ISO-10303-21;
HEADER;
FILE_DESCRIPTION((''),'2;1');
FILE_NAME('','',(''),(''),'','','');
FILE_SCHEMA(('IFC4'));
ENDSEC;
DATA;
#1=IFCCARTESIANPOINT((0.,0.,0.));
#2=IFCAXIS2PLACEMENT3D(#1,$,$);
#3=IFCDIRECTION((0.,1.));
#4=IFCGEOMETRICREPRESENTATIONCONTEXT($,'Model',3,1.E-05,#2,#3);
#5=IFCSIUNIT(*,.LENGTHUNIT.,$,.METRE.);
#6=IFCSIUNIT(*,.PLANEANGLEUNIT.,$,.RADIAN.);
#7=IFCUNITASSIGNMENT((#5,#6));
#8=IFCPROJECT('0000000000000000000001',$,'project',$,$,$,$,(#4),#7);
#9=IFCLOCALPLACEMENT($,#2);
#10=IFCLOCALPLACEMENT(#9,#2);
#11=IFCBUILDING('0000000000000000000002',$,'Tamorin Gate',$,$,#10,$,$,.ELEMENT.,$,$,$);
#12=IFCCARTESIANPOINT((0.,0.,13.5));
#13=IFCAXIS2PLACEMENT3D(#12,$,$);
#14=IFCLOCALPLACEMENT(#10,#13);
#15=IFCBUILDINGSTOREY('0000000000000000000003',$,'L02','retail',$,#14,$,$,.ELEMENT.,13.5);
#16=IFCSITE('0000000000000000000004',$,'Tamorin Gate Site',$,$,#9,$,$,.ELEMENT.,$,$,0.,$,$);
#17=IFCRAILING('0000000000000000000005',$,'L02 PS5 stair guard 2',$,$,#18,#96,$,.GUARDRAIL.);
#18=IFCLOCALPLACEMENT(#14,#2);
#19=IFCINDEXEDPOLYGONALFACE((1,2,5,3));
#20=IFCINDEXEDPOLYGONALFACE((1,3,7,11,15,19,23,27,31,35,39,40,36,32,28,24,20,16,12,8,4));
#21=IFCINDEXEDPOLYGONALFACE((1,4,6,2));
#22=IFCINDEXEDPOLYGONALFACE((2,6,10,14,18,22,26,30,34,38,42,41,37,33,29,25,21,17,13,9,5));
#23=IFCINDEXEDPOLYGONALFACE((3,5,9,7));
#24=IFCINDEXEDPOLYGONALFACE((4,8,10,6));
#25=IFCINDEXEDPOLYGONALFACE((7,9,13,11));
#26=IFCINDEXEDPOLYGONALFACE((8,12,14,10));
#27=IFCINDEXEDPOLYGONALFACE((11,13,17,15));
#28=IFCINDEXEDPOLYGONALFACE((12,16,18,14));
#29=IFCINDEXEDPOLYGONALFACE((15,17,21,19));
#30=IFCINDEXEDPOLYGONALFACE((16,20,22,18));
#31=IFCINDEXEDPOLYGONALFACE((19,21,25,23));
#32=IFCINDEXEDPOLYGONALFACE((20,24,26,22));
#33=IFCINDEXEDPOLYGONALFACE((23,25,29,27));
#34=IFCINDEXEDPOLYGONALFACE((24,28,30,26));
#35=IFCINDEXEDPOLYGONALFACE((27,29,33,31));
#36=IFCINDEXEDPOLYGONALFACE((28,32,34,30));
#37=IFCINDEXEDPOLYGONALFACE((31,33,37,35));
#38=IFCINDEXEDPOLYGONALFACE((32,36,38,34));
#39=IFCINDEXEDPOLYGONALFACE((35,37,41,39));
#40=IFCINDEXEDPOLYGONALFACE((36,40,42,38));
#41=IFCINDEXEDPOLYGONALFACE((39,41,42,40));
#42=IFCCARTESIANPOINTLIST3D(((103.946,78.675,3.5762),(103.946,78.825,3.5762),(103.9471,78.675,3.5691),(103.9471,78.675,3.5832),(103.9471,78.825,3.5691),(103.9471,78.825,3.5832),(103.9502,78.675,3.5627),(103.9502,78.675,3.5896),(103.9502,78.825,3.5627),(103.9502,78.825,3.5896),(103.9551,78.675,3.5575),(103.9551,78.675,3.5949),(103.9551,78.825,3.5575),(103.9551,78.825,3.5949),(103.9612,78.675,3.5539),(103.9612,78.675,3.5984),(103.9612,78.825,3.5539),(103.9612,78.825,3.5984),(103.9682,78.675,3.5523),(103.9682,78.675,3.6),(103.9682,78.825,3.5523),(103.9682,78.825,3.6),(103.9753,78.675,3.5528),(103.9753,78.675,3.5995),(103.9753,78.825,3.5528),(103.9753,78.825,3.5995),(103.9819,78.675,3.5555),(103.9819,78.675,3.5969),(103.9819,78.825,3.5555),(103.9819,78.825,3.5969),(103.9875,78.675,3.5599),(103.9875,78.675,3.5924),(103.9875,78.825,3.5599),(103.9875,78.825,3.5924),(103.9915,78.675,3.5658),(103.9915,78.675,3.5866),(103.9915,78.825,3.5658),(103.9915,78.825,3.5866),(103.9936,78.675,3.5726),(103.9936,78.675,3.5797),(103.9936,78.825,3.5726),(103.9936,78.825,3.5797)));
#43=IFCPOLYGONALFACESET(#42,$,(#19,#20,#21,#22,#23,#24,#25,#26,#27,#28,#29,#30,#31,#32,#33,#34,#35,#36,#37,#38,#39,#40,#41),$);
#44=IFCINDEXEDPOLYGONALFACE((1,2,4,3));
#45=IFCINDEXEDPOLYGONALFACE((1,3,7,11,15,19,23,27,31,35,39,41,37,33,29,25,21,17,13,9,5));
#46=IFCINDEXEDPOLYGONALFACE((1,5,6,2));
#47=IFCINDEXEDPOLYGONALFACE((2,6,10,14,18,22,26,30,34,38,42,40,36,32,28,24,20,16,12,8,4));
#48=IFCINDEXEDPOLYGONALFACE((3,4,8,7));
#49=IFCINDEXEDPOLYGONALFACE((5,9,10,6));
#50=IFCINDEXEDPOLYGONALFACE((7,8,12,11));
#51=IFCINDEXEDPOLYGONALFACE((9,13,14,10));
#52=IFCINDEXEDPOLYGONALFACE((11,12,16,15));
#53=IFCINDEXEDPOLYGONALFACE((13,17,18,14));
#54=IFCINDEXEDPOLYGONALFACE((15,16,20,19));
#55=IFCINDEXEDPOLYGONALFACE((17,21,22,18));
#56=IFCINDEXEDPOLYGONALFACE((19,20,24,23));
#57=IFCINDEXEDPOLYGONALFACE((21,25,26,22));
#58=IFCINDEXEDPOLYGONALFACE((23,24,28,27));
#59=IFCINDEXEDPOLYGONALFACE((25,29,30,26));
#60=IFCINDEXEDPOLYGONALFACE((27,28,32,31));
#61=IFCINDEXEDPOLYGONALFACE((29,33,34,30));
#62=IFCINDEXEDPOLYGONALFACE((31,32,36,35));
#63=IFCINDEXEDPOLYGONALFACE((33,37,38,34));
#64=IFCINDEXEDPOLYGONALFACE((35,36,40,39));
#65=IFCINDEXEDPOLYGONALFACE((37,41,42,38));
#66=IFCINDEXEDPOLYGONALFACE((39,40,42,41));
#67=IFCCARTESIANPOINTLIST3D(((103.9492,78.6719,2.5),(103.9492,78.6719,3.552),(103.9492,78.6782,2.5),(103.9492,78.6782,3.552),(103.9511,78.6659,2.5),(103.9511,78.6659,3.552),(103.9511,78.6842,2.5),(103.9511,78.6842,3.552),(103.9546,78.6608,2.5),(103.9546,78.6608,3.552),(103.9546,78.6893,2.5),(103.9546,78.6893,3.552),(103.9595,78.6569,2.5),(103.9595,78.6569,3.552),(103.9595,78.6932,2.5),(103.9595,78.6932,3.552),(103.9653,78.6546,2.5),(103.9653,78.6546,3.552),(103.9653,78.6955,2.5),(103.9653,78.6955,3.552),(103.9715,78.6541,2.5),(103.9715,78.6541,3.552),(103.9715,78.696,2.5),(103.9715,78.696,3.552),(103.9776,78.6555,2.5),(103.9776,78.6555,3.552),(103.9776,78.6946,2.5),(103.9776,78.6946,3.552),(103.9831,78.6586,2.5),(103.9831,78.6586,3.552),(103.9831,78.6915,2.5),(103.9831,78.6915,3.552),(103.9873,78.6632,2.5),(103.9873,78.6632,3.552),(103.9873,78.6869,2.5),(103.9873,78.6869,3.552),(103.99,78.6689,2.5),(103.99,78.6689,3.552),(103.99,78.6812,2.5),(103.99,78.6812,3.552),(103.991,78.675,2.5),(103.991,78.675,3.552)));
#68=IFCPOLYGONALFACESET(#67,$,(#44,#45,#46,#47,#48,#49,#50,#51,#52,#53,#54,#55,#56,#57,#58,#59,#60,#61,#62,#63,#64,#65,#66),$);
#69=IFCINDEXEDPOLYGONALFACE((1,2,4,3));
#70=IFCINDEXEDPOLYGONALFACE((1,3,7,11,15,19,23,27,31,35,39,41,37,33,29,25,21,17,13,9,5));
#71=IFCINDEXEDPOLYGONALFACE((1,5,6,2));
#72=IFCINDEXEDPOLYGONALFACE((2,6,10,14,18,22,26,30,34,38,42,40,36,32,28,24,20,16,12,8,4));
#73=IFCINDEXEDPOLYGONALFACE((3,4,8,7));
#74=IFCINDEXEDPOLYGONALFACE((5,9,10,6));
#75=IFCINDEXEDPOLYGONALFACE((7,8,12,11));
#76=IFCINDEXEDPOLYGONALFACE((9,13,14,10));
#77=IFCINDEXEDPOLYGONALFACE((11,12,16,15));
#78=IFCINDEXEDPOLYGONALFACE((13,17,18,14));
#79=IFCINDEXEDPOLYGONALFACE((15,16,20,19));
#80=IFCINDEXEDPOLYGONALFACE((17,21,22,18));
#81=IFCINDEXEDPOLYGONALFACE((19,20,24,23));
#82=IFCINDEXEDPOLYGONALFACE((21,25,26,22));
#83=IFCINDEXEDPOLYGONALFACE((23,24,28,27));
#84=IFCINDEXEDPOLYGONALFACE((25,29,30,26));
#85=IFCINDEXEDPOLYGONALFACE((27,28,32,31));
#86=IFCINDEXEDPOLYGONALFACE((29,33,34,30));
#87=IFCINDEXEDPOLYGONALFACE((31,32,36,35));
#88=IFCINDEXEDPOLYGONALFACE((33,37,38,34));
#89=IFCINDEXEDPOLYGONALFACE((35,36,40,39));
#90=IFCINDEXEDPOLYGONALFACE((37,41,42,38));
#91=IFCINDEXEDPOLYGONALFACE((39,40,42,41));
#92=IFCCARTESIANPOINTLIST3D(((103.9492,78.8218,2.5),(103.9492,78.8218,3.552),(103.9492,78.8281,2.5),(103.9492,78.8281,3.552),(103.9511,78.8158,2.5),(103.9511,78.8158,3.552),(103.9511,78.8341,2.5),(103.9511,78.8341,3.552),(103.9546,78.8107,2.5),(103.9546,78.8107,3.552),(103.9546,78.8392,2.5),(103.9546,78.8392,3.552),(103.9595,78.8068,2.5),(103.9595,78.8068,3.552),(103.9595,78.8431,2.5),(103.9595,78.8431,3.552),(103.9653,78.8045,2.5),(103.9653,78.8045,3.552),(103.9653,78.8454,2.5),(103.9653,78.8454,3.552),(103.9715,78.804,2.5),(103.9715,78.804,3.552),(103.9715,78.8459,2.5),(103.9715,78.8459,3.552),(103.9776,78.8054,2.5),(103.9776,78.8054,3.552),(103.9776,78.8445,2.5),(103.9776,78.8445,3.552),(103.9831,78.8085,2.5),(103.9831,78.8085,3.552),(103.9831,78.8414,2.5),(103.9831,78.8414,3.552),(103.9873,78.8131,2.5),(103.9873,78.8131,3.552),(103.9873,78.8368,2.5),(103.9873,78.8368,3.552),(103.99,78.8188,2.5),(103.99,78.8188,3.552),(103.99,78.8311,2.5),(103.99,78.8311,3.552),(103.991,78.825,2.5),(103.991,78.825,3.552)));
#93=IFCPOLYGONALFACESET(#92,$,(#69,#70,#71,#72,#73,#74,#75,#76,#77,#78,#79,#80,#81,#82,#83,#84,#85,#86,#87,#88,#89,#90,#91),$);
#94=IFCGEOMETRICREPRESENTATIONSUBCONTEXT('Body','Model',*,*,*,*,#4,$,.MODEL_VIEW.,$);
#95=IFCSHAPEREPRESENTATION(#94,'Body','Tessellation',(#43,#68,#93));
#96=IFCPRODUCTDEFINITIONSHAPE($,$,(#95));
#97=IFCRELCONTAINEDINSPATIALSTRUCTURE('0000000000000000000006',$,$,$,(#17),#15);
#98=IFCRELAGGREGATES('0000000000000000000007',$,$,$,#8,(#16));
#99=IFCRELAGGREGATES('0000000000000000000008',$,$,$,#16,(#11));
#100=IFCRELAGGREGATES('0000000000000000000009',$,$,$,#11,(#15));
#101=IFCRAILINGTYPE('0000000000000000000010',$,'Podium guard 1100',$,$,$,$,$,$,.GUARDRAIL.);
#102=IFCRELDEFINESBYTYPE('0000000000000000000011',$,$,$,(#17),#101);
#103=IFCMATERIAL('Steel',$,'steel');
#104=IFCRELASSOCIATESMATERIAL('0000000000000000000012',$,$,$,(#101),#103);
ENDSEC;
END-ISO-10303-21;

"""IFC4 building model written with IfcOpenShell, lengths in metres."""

from ifc_helpers import new_model, si_unit, direction, frame, origin, origin_2d, place, context, subcontext, project, spatial, circle, extrude, material, type_object, element, save


model = new_model("IFC4")

# Units and contexts
model_context = context("Model", 3, precision=1e-05, world=origin(), true_north=direction((0.0, 1.0)))
body_context = subcontext(model_context, "Body", "Model", "MODEL_VIEW")
ifc_project = project(units=[si_unit("LENGTHUNIT", "METRE"), si_unit("PLANEANGLEUNIT", "RADIAN")], contexts=[model_context])

# Site, building, storey
site_placement = place(None, origin())
site = spatial("IfcSite", under=ifc_project, at=site_placement, Name="Tamorin Gate Site", CompositionType="ELEMENT", RefElevation=0.0)
building_placement = place(site_placement, origin())
building = spatial("IfcBuilding", under=site, at=building_placement, Name="Tamorin Gate", CompositionType="ELEMENT")
storey_placement = place(building_placement, frame((0.0, 0.0, 13.5)))
storey = spatial("IfcBuildingStorey", under=building, at=storey_placement, Name="L02", Description="retail", CompositionType="ELEMENT", Elevation=13.5)

# Railing
ifc_material_1 = material(Name="Steel", Category="steel")
railing_type_1 = type_object("IfcRailingType", Name="Podium guard 1100", PredefinedType="GUARDRAIL", material=ifc_material_1)
railing_1_placement = place(storey_placement, frame((103.97, 78.675, 2.5)))
element("IfcRailing", 1, at=railing_1_placement, inside=storey, type_object=railing_type_1, Name="L02 PS5 stair guard 2", PredefinedType="GUARDRAIL", context=body_context, shape_type="SweptSolid", body=[
    extrude(circle(Radius=0.0239, at=origin_2d()), frame((0.0, 0.0, 1.0762), z_axis=(0.0, 1.0, 0.0), x_axis=(-1.0, 0.0, 0.0)), (0.0, 0.0, 1.0), 0.1499),
    extrude(circle(Radius=0.021, at=origin_2d()), origin(), (0.0, 0.0, 1.0), 1.052),
    extrude(circle(Radius=0.021, at=origin_2d()), frame((0.0, 0.1499, 0.0)), (0.0, 0.0, 1.0), 1.052),
])

save(model, "model.ifc")
